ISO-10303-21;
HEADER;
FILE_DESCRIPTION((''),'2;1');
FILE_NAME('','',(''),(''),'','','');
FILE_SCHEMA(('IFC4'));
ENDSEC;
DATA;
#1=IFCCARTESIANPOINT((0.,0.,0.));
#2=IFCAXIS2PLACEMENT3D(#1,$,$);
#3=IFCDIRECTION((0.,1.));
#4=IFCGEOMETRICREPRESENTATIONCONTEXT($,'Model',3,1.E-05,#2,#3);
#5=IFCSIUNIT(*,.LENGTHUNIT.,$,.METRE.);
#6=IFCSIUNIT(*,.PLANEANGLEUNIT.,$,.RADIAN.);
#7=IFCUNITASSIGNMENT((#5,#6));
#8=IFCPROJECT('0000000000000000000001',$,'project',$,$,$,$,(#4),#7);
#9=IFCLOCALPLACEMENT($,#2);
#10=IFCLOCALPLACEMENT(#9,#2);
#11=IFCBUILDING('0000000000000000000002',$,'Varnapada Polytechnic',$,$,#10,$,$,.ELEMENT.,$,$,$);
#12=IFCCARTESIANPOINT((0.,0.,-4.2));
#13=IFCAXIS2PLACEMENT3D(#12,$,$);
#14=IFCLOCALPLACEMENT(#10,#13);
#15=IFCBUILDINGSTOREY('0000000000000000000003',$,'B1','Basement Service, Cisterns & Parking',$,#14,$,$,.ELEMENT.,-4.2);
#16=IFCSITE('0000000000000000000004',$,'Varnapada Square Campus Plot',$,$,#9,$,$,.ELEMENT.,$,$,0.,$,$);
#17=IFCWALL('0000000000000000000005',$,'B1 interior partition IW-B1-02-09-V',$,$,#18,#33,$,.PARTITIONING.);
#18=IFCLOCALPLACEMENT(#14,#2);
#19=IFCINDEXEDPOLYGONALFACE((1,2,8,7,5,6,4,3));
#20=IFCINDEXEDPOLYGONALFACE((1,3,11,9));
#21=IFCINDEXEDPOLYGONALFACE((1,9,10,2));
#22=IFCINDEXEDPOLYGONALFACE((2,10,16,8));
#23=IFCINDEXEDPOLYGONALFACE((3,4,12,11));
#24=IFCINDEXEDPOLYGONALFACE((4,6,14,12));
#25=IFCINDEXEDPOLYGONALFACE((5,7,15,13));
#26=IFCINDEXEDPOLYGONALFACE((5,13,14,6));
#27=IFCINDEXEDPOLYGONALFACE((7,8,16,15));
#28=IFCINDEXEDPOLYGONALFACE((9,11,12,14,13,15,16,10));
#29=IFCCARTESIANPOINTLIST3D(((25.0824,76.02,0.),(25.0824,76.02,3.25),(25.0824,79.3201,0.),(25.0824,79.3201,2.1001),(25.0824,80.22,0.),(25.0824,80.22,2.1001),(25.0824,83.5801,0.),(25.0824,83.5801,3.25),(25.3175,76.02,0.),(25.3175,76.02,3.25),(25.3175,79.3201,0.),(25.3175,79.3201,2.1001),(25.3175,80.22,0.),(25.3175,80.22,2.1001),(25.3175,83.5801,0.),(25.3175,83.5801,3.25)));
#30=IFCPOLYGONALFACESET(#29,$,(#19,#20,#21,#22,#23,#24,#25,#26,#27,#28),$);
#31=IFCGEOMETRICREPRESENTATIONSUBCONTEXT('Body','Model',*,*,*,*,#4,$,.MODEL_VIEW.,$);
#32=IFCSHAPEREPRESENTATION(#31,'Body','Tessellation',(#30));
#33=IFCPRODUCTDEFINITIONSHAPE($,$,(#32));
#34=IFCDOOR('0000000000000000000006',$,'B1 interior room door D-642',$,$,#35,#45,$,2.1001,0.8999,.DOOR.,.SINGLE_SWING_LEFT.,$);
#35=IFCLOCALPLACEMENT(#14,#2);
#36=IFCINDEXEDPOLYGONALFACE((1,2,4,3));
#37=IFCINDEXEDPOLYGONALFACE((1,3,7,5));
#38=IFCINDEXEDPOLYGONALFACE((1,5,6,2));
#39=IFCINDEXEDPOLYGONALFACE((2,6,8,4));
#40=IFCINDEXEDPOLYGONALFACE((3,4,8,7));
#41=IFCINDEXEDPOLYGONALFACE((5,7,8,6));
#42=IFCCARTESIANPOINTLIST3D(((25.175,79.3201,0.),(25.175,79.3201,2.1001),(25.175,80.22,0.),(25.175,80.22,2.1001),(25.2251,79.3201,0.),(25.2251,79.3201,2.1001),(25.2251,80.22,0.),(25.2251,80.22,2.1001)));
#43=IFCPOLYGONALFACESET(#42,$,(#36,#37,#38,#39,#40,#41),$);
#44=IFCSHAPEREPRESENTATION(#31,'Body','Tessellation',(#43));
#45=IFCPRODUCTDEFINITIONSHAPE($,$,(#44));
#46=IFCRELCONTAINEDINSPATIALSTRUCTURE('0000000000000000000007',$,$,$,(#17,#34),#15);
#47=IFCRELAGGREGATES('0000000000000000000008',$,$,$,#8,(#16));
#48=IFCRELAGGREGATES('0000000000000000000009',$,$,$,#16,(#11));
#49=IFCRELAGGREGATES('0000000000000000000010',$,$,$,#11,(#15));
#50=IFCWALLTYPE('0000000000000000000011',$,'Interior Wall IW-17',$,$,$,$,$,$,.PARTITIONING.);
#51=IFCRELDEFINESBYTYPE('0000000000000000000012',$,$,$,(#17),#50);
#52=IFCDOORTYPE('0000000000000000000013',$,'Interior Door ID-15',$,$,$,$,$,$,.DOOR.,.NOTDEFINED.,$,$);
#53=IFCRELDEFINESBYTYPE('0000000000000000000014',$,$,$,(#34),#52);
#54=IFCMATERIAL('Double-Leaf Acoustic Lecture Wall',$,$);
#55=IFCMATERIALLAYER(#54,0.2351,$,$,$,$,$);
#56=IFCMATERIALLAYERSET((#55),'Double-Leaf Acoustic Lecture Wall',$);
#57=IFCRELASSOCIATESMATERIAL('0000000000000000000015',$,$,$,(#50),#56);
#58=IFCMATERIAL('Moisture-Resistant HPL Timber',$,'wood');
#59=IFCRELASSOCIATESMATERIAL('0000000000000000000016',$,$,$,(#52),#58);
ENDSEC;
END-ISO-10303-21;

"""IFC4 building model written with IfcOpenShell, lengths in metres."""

from ifc_helpers import new_model, si_unit, direction, frame, frame_2d, origin, place, context, subcontext, project, spatial, rectangle, extrude, material, layer, layer_set, type_object, element, fill, save


model = new_model("IFC4")

# Units and contexts
model_context = context("Model", 3, precision=1e-05, world=origin(), true_north=direction((0.0, 1.0)))
body_context = subcontext(model_context, "Body", "Model", "MODEL_VIEW")
ifc_project = project(units=[si_unit("LENGTHUNIT", "METRE"), si_unit("PLANEANGLEUNIT", "RADIAN")], contexts=[model_context])

# Site, building, storey
site_placement = place(None, origin())
site = spatial("IfcSite", under=ifc_project, at=site_placement, Name="Varnapada Square Campus Plot", CompositionType="ELEMENT", RefElevation=0.0)
building_placement = place(site_placement, origin())
building = spatial("IfcBuilding", under=site, at=building_placement, Name="Varnapada Polytechnic", CompositionType="ELEMENT")
storey_placement = place(building_placement, frame((0.0, 0.0, -4.2)))
storey = spatial("IfcBuildingStorey", under=building, at=storey_placement, Name="B1", Description="Basement Service, Cisterns & Parking", CompositionType="ELEMENT", Elevation=-4.2)

# Wall, opening, door
ifc_material_1 = material(Name="Double-Leaf Acoustic Lecture Wall")
ifc_layer_1 = layer(ifc_material_1, 0.2351)
ifc_layer_set_1 = layer_set([ifc_layer_1], Name="Double-Leaf Acoustic Lecture Wall")
wall_type_1 = type_object("IfcWallType", Name="Interior Wall IW-17", PredefinedType="PARTITIONING", material=ifc_layer_set_1)
wall_1_placement = place(storey_placement, frame((25.2, 76.02, 0.0), z_axis=(0.0, 0.0, 1.0), x_axis=(0.0, 1.0, 0.0)))
wall_1 = element("IfcWall", 1, at=wall_1_placement, inside=storey, type_object=wall_type_1, Name="B1 interior partition IW-B1-02-09-V", PredefinedType="PARTITIONING", context=body_context, shape_type="SweptSolid", body=[
    extrude(rectangle(XDim=7.5601, YDim=0.2351, at=frame_2d((3.78, 0.0))), origin(), (0.0, 0.0, 1.0), 3.25),
])
opening_1_placement = place(wall_1_placement, frame((3.3, 0.0, 0.0)))
opening_1 = element("IfcOpeningElement", 2, at=opening_1_placement, cuts=wall_1, PredefinedType="OPENING", context=body_context, shape_type="SweptSolid", body=[
    extrude(rectangle(XDim=0.8999, YDim=2.1001, at=frame_2d((0.45, 1.05))), frame((0.0, 0.1274, 0.0), z_axis=(0.0, -1.0, 0.0), x_axis=(1.0, 0.0, 0.0)), (0.0, 0.0, 1.0), 0.2551),
])
ifc_material_2 = material(Name="Moisture-Resistant HPL Timber", Category="wood")
door_type_1 = type_object("IfcDoorType", Name="Interior Door ID-15", OperationType="NOTDEFINED", PredefinedType="DOOR", material=ifc_material_2)
door_1_placement = place(opening_1_placement, origin())
door_1 = element("IfcDoor", 3, at=door_1_placement, inside=storey, type_object=door_type_1, Name="B1 interior room door D-642", OperationType="SINGLE_SWING_LEFT", OverallHeight=2.1001, OverallWidth=0.8999, PredefinedType="DOOR", context=body_context, shape_type="SweptSolid", body=[
    extrude(rectangle(XDim=0.8999, YDim=2.1001, at=frame_2d((0.45, 1.05))), frame((0.0, 0.0249, 0.0), z_axis=(0.0, -1.0, 0.0), x_axis=(1.0, 0.0, 0.0)), (0.0, 0.0, 1.0), 0.05),
])
fill(opening_1, door_1)

save(model, "model.ifc")
